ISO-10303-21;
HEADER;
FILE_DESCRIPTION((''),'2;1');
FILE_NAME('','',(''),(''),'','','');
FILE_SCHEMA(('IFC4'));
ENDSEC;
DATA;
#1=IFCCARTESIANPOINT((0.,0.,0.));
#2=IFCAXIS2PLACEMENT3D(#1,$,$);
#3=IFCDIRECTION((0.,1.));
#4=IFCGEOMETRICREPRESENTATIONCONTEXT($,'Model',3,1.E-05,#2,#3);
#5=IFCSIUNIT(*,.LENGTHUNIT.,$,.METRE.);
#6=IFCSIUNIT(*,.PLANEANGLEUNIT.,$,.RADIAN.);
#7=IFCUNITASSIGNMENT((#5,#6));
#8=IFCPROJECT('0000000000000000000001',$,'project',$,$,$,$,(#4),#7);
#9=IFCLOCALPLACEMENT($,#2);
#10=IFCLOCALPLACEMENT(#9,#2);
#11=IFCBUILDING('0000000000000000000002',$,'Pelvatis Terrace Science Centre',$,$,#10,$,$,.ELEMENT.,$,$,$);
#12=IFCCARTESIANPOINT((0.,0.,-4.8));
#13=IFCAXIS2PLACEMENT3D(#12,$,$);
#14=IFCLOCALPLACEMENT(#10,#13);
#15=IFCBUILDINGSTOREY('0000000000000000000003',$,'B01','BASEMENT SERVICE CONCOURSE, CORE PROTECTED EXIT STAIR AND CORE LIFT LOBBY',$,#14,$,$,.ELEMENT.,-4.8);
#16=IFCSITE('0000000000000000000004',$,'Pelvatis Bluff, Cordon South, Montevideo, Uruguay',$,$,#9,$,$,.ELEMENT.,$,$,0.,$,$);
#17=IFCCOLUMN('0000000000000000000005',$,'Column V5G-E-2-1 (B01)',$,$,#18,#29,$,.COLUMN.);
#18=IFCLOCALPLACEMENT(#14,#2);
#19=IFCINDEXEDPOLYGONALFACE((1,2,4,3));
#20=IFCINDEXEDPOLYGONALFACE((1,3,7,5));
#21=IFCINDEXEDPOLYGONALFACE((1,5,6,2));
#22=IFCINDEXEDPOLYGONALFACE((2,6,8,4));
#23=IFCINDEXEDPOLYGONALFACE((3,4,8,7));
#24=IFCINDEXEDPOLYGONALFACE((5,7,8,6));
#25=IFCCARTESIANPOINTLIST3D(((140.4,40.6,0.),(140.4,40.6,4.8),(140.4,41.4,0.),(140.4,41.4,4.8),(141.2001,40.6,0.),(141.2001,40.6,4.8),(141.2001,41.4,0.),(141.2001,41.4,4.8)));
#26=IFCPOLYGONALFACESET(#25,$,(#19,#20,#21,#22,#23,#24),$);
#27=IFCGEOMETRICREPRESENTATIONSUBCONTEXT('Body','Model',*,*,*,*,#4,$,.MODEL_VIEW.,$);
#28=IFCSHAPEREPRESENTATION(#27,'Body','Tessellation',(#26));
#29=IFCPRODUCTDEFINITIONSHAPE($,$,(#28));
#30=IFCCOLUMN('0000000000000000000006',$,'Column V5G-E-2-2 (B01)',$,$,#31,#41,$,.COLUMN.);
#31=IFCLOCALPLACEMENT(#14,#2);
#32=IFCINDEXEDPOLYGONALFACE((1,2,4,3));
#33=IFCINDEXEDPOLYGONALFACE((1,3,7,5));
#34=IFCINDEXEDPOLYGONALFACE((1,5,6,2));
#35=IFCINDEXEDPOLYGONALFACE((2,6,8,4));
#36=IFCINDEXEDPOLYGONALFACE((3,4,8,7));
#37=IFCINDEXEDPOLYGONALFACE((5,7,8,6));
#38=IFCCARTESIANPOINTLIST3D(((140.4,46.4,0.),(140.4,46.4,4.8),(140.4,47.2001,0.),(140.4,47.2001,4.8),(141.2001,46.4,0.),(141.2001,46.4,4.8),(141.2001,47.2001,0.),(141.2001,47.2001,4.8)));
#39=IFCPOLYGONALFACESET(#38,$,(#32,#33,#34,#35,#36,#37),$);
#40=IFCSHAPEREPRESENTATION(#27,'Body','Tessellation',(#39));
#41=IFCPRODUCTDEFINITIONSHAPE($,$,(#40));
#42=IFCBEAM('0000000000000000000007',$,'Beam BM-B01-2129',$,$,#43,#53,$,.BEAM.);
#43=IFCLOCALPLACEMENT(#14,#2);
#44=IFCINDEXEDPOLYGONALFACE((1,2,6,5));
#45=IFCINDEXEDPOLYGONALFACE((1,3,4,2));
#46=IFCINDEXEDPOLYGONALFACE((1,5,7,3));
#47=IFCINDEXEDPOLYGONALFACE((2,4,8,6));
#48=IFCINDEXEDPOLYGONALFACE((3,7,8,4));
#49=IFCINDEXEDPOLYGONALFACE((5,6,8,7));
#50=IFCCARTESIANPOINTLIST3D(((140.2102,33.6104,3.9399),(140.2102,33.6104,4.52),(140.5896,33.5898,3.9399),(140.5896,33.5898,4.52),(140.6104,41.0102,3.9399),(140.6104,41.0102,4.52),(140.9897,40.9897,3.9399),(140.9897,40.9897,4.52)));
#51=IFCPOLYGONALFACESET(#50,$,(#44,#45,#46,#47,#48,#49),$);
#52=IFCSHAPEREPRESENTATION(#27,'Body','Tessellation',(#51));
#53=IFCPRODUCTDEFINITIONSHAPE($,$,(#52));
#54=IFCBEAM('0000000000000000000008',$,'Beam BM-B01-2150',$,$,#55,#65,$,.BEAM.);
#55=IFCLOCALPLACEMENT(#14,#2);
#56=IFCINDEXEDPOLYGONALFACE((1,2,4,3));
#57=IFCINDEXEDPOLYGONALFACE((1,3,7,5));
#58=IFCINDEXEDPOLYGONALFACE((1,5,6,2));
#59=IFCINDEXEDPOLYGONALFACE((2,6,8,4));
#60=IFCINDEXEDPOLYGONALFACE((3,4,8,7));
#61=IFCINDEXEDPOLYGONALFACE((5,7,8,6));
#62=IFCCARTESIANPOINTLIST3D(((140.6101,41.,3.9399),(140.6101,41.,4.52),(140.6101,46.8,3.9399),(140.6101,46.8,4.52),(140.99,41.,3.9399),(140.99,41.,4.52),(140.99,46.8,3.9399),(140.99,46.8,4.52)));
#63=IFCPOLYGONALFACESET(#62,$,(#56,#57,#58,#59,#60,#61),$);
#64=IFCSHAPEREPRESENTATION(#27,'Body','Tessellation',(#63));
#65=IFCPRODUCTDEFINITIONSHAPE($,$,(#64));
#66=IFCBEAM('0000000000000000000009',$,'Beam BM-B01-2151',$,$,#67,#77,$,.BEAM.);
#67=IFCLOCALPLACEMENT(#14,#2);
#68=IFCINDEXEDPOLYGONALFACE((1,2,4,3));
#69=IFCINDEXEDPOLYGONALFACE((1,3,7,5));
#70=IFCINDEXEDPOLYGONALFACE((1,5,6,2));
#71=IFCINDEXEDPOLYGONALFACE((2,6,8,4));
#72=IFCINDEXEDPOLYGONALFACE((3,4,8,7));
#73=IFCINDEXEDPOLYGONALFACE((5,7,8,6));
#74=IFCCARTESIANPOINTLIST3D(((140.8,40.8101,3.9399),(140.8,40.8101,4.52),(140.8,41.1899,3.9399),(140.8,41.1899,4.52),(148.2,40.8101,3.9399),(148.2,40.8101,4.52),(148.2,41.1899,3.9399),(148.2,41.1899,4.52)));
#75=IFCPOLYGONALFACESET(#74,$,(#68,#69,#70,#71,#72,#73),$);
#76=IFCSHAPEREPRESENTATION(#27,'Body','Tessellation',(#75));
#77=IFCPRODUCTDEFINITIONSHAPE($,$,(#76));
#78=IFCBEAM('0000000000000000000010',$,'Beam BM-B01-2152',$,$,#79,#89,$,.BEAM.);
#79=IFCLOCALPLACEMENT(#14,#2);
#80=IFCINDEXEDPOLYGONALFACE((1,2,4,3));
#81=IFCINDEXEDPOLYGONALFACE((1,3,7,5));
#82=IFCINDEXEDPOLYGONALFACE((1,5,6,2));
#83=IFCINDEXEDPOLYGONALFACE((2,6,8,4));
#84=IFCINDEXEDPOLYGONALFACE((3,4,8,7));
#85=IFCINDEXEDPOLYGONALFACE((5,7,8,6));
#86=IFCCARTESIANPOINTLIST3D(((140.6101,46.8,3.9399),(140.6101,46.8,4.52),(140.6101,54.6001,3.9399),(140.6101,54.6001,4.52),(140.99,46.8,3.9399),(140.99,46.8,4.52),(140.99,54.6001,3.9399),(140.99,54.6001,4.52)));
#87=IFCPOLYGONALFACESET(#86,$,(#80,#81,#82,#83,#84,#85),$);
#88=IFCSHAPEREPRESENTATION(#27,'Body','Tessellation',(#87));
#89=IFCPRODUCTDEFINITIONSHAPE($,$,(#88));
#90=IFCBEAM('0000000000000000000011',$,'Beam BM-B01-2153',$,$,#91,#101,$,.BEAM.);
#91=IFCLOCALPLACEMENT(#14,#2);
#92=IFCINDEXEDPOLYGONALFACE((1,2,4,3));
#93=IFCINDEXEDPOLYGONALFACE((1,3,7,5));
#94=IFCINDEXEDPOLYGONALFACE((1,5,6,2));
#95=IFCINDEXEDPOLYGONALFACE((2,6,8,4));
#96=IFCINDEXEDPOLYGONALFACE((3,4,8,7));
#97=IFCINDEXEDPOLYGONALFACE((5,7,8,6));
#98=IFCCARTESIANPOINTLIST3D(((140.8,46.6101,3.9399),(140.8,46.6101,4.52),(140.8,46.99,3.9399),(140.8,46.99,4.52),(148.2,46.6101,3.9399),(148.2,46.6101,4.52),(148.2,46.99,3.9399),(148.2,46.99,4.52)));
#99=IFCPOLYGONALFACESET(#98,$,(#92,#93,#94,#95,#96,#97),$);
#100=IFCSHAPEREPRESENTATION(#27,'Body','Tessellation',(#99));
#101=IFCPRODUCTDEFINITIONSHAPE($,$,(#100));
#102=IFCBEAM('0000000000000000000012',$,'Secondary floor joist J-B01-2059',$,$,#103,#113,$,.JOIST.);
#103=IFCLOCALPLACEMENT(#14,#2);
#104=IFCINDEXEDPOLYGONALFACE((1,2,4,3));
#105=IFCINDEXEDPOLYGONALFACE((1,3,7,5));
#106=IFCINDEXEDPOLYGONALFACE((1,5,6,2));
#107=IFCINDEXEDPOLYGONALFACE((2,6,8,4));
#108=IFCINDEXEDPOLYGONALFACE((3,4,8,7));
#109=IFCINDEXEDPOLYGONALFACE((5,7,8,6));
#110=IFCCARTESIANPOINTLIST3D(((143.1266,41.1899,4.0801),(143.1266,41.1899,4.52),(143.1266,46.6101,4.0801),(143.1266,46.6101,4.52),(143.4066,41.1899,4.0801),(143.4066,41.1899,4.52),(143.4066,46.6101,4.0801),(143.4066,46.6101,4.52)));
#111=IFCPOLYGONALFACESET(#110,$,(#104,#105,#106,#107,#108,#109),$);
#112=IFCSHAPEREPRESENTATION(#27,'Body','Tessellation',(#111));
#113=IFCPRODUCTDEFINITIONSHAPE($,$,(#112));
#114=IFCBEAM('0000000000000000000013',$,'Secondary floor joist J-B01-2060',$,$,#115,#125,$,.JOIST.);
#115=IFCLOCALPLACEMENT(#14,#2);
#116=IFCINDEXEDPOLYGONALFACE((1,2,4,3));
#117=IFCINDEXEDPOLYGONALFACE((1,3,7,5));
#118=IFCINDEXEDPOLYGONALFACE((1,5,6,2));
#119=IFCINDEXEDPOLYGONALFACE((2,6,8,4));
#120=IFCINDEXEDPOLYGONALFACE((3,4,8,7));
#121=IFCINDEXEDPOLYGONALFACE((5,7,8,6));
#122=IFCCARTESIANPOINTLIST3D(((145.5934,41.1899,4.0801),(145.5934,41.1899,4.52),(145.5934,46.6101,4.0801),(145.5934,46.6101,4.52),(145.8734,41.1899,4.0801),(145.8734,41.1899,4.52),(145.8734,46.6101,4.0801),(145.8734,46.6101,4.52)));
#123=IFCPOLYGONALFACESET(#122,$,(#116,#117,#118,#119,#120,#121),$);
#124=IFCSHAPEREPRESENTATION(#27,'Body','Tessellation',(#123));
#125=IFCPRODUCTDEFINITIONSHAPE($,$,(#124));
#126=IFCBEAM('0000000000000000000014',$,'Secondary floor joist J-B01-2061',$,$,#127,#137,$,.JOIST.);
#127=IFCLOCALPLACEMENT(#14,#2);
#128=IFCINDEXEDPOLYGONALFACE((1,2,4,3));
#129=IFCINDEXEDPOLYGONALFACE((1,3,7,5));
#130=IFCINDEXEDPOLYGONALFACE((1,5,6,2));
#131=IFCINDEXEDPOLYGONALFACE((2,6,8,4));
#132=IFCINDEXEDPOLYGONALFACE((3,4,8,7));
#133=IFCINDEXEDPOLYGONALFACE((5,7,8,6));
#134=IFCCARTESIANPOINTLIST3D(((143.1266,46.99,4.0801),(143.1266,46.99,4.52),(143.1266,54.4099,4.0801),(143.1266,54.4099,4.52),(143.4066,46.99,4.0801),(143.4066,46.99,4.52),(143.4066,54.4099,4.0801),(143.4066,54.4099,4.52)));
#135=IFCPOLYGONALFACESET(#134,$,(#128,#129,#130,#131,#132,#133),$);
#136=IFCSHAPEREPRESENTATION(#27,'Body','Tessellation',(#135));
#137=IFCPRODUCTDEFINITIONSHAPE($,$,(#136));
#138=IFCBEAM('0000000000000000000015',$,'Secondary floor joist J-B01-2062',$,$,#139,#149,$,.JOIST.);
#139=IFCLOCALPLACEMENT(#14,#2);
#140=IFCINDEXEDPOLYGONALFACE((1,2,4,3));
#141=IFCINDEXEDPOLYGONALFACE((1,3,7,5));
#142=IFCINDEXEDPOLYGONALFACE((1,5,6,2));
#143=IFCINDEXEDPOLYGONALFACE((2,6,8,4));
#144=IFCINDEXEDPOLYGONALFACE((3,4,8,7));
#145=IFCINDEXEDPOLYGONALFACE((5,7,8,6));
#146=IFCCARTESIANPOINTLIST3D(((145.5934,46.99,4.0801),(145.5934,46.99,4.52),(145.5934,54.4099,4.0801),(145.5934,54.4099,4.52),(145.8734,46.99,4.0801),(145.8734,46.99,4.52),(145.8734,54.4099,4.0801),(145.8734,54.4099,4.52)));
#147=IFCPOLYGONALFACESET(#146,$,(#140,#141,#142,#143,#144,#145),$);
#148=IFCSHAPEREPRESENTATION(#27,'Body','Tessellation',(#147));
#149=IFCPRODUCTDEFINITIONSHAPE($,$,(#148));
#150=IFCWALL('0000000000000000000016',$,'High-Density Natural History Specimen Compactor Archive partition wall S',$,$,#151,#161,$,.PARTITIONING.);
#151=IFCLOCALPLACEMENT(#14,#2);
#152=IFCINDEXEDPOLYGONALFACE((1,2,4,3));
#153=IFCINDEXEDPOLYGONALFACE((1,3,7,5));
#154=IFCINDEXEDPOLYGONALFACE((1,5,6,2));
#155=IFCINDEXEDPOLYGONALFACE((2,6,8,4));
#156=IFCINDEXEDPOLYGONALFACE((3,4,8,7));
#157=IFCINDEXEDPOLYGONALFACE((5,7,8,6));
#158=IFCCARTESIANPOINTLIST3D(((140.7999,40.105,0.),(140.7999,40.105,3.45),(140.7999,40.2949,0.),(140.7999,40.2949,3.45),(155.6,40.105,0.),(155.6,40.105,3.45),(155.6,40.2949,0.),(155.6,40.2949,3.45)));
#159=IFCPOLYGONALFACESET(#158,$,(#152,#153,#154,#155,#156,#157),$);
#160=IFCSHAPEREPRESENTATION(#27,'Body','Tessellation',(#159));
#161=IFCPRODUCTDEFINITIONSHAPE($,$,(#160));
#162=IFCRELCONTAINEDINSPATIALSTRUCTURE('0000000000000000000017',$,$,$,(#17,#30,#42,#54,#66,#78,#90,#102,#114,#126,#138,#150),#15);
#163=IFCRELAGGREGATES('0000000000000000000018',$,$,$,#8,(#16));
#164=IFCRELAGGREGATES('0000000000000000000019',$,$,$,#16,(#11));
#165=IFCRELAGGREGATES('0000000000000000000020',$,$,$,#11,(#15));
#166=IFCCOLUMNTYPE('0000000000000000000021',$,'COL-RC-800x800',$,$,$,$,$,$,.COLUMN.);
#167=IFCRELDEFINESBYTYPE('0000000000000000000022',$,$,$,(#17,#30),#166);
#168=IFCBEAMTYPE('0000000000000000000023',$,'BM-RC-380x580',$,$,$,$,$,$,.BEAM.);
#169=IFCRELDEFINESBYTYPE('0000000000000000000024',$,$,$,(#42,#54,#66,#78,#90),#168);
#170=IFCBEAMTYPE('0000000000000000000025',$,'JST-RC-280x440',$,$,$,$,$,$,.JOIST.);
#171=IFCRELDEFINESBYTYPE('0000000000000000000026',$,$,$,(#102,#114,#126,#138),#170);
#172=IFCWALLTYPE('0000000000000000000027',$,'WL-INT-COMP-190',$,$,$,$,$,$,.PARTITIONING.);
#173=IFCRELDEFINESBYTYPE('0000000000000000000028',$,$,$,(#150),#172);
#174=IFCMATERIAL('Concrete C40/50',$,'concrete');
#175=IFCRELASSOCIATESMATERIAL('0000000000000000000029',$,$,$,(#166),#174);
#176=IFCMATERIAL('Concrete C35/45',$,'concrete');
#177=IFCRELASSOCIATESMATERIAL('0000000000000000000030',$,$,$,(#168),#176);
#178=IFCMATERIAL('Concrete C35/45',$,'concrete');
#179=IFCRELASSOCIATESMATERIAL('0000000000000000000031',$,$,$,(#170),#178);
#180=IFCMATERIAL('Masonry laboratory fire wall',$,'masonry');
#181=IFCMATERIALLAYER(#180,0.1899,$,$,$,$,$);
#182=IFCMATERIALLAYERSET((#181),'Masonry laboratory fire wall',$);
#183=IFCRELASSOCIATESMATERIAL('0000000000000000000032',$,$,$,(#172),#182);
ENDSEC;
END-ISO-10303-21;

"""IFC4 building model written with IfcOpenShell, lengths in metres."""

from ifc_helpers import new_model, si_unit, direction, frame, frame_2d, origin, origin_2d, place, context, subcontext, project, spatial, rectangle, extrude, material, layer, layer_set, material_profile, profile_set, type_object, element, save


model = new_model("IFC4")

# Units and contexts
model_context = context("Model", 3, precision=1e-05, world=origin(), true_north=direction((0.0, 1.0)))
body_context = subcontext(model_context, "Body", "Model", "MODEL_VIEW")
ifc_project = project(units=[si_unit("LENGTHUNIT", "METRE"), si_unit("PLANEANGLEUNIT", "RADIAN")], contexts=[model_context])

# Site, building, storey
site_placement = place(None, origin())
site = spatial("IfcSite", under=ifc_project, at=site_placement, Name="Pelvatis Bluff, Cordon South, Montevideo, Uruguay", CompositionType="ELEMENT", RefElevation=0.0)
building_placement = place(site_placement, origin())
building = spatial("IfcBuilding", under=site, at=building_placement, Name="Pelvatis Terrace Science Centre", CompositionType="ELEMENT")
storey_placement = place(building_placement, frame((0.0, 0.0, -4.8)))
storey = spatial("IfcBuildingStorey", under=building, at=storey_placement, Name="B01", Description="BASEMENT SERVICE CONCOURSE, CORE PROTECTED EXIT STAIR AND CORE LIFT LOBBY", CompositionType="ELEMENT", Elevation=-4.8)

# Columns
ifc_material_1 = material(Name="Concrete C40/50", Category="concrete")
ifc_material_profile_1 = material_profile(ifc_material_1, rectangle(XDim=0.8, YDim=0.8, at=origin_2d()), Name="RC-COL 800x800")
ifc_profile_set_1 = profile_set([ifc_material_profile_1], Name="Concrete C40/50")
column_type = type_object("IfcColumnType", Name="COL-RC-800x800", PredefinedType="COLUMN", material=ifc_profile_set_1)
for number, where, z_axis, x_axis, name in (
    (1, (140.8, 41.0, 0.0), (0.0, 0.0, 1.0), (1.0, 0.0, 0.0), "Column V5G-E-2-1 (B01)"),
    (2, (140.8, 46.8, 0.0), (0.0, 0.0, 1.0), (1.0, 0.0, 0.0), "Column V5G-E-2-2 (B01)"),
):
    element("IfcColumn", number, at=place(storey_placement, frame(where, z_axis=z_axis, x_axis=x_axis)), inside=storey, type_object=column_type, Name=name, PredefinedType="COLUMN", context=body_context, shape_type="SweptSolid", body=[
        extrude(rectangle(XDim=0.8, YDim=0.8, at=origin_2d()), origin(), (0.0, 0.0, 1.0), 4.8),
    ])

# Beams
ifc_material_2 = material(Name="Concrete C35/45", Category="concrete")
ifc_material_profile_2 = material_profile(ifc_material_2, rectangle(XDim=0.3799, YDim=0.5801, at=origin_2d()), Name="RC-BM 380x580")
ifc_profile_set_2 = profile_set([ifc_material_profile_2], Name="Concrete C35/45")
beam_type_1 = type_object("IfcBeamType", Name="BM-RC-380x580", PredefinedType="BEAM", material=ifc_profile_set_2)
beam_1_placement = place(storey_placement, frame((140.3999, 33.6001, 4.23), z_axis=(0.053996, 0.998541, 0.0), x_axis=(-0.998541, 0.053996, 0.0)))
element("IfcBeam", 3, at=beam_1_placement, inside=storey, type_object=beam_type_1, Name="Beam BM-B01-2129", PredefinedType="BEAM", context=body_context, shape_type="SweptSolid", body=[
    extrude(rectangle(XDim=0.3799, YDim=0.5801, at=origin_2d()), origin(), (0.0, 0.0, 1.0), 7.4106),
])
beam_2_placement = place(storey_placement, frame((140.8, 41.0, 4.23), z_axis=(0.0, 1.0, 0.0), x_axis=(-1.0, 0.0, 0.0)))
element("IfcBeam", 4, at=beam_2_placement, inside=storey, type_object=beam_type_1, Name="Beam BM-B01-2150", PredefinedType="BEAM", context=body_context, shape_type="SweptSolid", body=[
    extrude(rectangle(XDim=0.3799, YDim=0.5801, at=origin_2d()), origin(), (0.0, 0.0, 1.0), 5.8),
])
beam_3_placement = place(storey_placement, frame((140.8, 41.0, 4.23), z_axis=(1.0, 0.0, 0.0), x_axis=(0.0, 1.0, 0.0)))
element("IfcBeam", 5, at=beam_3_placement, inside=storey, type_object=beam_type_1, Name="Beam BM-B01-2151", PredefinedType="BEAM", context=body_context, shape_type="SweptSolid", body=[
    extrude(rectangle(XDim=0.3799, YDim=0.5801, at=origin_2d()), origin(), (0.0, 0.0, 1.0), 7.3999),
])
beam_4_placement = place(storey_placement, frame((140.8, 46.8, 4.23), z_axis=(0.0, 1.0, 0.0), x_axis=(-1.0, 0.0, 0.0)))
element("IfcBeam", 6, at=beam_4_placement, inside=storey, type_object=beam_type_1, Name="Beam BM-B01-2152", PredefinedType="BEAM", context=body_context, shape_type="SweptSolid", body=[
    extrude(rectangle(XDim=0.3799, YDim=0.5801, at=origin_2d()), origin(), (0.0, 0.0, 1.0), 7.8),
])
beam_5_placement = place(storey_placement, frame((140.8, 46.8, 4.23), z_axis=(1.0, 0.0, 0.0), x_axis=(0.0, 1.0, 0.0)))
element("IfcBeam", 7, at=beam_5_placement, inside=storey, type_object=beam_type_1, Name="Beam BM-B01-2153", PredefinedType="BEAM", context=body_context, shape_type="SweptSolid", body=[
    extrude(rectangle(XDim=0.3799, YDim=0.5801, at=origin_2d()), origin(), (0.0, 0.0, 1.0), 7.3999),
])
ifc_material_3 = material(Name="Concrete C35/45", Category="concrete")
ifc_material_profile_3 = material_profile(ifc_material_3, rectangle(XDim=0.28, YDim=0.4399, at=origin_2d()), Name="RC-JST 280x440")
ifc_profile_set_3 = profile_set([ifc_material_profile_3], Name="Concrete C35/45")
beam_type_2 = type_object("IfcBeamType", Name="JST-RC-280x440", PredefinedType="JOIST", material=ifc_profile_set_3)
for number, where, z_axis, x_axis, name in (
    (8, (143.2666, 41.1899, 4.3), (0.0, 1.0, 0.0), (-1.0, 0.0, 0.0), "Secondary floor joist J-B01-2059"),
    (9, (145.7334, 41.1899, 4.3), (0.0, 1.0, 0.0), (-1.0, 0.0, 0.0), "Secondary floor joist J-B01-2060"),
):
    element("IfcBeam", number, at=place(storey_placement, frame(where, z_axis=z_axis, x_axis=x_axis)), inside=storey, type_object=beam_type_2, Name=name, PredefinedType="JOIST", context=body_context, shape_type="SweptSolid", body=[
        extrude(rectangle(XDim=0.28, YDim=0.4399, at=origin_2d()), origin(), (0.0, 0.0, 1.0), 5.4202),
    ])
for number, where, z_axis, x_axis, name in (
    (10, (143.2666, 46.99, 4.3), (0.0, 1.0, 0.0), (-1.0, 0.0, 0.0), "Secondary floor joist J-B01-2061"),
    (11, (145.7334, 46.99, 4.3), (0.0, 1.0, 0.0), (-1.0, 0.0, 0.0), "Secondary floor joist J-B01-2062"),
):
    element("IfcBeam", number, at=place(storey_placement, frame(where, z_axis=z_axis, x_axis=x_axis)), inside=storey, type_object=beam_type_2, Name=name, PredefinedType="JOIST", context=body_context, shape_type="SweptSolid", body=[
        extrude(rectangle(XDim=0.28, YDim=0.4399, at=origin_2d()), origin(), (0.0, 0.0, 1.0), 7.4199),
    ])

# Wall
ifc_material_4 = material(Name="Masonry laboratory fire wall", Category="masonry")
ifc_layer_1 = layer(ifc_material_4, 0.1899)
ifc_layer_set_1 = layer_set([ifc_layer_1], Name="Masonry laboratory fire wall")
wall_type = type_object("IfcWallType", Name="WL-INT-COMP-190", PredefinedType="PARTITIONING", material=ifc_layer_set_1)
wall_placement = place(storey_placement, frame((140.8, 40.2, 0.0), z_axis=(0.0, 0.0, 1.0), x_axis=(1.0, 0.0, 0.0)))
element("IfcWall", 12, at=wall_placement, inside=storey, type_object=wall_type, Name="High-Density Natural History Specimen Compactor Archive partition wall S", PredefinedType="PARTITIONING", context=body_context, shape_type="SweptSolid", body=[
    extrude(rectangle(XDim=14.8, YDim=0.1899, at=frame_2d((7.3999, 0.0))), origin(), (0.0, 0.0, 1.0), 3.45),
])

save(model, "model.ifc")
